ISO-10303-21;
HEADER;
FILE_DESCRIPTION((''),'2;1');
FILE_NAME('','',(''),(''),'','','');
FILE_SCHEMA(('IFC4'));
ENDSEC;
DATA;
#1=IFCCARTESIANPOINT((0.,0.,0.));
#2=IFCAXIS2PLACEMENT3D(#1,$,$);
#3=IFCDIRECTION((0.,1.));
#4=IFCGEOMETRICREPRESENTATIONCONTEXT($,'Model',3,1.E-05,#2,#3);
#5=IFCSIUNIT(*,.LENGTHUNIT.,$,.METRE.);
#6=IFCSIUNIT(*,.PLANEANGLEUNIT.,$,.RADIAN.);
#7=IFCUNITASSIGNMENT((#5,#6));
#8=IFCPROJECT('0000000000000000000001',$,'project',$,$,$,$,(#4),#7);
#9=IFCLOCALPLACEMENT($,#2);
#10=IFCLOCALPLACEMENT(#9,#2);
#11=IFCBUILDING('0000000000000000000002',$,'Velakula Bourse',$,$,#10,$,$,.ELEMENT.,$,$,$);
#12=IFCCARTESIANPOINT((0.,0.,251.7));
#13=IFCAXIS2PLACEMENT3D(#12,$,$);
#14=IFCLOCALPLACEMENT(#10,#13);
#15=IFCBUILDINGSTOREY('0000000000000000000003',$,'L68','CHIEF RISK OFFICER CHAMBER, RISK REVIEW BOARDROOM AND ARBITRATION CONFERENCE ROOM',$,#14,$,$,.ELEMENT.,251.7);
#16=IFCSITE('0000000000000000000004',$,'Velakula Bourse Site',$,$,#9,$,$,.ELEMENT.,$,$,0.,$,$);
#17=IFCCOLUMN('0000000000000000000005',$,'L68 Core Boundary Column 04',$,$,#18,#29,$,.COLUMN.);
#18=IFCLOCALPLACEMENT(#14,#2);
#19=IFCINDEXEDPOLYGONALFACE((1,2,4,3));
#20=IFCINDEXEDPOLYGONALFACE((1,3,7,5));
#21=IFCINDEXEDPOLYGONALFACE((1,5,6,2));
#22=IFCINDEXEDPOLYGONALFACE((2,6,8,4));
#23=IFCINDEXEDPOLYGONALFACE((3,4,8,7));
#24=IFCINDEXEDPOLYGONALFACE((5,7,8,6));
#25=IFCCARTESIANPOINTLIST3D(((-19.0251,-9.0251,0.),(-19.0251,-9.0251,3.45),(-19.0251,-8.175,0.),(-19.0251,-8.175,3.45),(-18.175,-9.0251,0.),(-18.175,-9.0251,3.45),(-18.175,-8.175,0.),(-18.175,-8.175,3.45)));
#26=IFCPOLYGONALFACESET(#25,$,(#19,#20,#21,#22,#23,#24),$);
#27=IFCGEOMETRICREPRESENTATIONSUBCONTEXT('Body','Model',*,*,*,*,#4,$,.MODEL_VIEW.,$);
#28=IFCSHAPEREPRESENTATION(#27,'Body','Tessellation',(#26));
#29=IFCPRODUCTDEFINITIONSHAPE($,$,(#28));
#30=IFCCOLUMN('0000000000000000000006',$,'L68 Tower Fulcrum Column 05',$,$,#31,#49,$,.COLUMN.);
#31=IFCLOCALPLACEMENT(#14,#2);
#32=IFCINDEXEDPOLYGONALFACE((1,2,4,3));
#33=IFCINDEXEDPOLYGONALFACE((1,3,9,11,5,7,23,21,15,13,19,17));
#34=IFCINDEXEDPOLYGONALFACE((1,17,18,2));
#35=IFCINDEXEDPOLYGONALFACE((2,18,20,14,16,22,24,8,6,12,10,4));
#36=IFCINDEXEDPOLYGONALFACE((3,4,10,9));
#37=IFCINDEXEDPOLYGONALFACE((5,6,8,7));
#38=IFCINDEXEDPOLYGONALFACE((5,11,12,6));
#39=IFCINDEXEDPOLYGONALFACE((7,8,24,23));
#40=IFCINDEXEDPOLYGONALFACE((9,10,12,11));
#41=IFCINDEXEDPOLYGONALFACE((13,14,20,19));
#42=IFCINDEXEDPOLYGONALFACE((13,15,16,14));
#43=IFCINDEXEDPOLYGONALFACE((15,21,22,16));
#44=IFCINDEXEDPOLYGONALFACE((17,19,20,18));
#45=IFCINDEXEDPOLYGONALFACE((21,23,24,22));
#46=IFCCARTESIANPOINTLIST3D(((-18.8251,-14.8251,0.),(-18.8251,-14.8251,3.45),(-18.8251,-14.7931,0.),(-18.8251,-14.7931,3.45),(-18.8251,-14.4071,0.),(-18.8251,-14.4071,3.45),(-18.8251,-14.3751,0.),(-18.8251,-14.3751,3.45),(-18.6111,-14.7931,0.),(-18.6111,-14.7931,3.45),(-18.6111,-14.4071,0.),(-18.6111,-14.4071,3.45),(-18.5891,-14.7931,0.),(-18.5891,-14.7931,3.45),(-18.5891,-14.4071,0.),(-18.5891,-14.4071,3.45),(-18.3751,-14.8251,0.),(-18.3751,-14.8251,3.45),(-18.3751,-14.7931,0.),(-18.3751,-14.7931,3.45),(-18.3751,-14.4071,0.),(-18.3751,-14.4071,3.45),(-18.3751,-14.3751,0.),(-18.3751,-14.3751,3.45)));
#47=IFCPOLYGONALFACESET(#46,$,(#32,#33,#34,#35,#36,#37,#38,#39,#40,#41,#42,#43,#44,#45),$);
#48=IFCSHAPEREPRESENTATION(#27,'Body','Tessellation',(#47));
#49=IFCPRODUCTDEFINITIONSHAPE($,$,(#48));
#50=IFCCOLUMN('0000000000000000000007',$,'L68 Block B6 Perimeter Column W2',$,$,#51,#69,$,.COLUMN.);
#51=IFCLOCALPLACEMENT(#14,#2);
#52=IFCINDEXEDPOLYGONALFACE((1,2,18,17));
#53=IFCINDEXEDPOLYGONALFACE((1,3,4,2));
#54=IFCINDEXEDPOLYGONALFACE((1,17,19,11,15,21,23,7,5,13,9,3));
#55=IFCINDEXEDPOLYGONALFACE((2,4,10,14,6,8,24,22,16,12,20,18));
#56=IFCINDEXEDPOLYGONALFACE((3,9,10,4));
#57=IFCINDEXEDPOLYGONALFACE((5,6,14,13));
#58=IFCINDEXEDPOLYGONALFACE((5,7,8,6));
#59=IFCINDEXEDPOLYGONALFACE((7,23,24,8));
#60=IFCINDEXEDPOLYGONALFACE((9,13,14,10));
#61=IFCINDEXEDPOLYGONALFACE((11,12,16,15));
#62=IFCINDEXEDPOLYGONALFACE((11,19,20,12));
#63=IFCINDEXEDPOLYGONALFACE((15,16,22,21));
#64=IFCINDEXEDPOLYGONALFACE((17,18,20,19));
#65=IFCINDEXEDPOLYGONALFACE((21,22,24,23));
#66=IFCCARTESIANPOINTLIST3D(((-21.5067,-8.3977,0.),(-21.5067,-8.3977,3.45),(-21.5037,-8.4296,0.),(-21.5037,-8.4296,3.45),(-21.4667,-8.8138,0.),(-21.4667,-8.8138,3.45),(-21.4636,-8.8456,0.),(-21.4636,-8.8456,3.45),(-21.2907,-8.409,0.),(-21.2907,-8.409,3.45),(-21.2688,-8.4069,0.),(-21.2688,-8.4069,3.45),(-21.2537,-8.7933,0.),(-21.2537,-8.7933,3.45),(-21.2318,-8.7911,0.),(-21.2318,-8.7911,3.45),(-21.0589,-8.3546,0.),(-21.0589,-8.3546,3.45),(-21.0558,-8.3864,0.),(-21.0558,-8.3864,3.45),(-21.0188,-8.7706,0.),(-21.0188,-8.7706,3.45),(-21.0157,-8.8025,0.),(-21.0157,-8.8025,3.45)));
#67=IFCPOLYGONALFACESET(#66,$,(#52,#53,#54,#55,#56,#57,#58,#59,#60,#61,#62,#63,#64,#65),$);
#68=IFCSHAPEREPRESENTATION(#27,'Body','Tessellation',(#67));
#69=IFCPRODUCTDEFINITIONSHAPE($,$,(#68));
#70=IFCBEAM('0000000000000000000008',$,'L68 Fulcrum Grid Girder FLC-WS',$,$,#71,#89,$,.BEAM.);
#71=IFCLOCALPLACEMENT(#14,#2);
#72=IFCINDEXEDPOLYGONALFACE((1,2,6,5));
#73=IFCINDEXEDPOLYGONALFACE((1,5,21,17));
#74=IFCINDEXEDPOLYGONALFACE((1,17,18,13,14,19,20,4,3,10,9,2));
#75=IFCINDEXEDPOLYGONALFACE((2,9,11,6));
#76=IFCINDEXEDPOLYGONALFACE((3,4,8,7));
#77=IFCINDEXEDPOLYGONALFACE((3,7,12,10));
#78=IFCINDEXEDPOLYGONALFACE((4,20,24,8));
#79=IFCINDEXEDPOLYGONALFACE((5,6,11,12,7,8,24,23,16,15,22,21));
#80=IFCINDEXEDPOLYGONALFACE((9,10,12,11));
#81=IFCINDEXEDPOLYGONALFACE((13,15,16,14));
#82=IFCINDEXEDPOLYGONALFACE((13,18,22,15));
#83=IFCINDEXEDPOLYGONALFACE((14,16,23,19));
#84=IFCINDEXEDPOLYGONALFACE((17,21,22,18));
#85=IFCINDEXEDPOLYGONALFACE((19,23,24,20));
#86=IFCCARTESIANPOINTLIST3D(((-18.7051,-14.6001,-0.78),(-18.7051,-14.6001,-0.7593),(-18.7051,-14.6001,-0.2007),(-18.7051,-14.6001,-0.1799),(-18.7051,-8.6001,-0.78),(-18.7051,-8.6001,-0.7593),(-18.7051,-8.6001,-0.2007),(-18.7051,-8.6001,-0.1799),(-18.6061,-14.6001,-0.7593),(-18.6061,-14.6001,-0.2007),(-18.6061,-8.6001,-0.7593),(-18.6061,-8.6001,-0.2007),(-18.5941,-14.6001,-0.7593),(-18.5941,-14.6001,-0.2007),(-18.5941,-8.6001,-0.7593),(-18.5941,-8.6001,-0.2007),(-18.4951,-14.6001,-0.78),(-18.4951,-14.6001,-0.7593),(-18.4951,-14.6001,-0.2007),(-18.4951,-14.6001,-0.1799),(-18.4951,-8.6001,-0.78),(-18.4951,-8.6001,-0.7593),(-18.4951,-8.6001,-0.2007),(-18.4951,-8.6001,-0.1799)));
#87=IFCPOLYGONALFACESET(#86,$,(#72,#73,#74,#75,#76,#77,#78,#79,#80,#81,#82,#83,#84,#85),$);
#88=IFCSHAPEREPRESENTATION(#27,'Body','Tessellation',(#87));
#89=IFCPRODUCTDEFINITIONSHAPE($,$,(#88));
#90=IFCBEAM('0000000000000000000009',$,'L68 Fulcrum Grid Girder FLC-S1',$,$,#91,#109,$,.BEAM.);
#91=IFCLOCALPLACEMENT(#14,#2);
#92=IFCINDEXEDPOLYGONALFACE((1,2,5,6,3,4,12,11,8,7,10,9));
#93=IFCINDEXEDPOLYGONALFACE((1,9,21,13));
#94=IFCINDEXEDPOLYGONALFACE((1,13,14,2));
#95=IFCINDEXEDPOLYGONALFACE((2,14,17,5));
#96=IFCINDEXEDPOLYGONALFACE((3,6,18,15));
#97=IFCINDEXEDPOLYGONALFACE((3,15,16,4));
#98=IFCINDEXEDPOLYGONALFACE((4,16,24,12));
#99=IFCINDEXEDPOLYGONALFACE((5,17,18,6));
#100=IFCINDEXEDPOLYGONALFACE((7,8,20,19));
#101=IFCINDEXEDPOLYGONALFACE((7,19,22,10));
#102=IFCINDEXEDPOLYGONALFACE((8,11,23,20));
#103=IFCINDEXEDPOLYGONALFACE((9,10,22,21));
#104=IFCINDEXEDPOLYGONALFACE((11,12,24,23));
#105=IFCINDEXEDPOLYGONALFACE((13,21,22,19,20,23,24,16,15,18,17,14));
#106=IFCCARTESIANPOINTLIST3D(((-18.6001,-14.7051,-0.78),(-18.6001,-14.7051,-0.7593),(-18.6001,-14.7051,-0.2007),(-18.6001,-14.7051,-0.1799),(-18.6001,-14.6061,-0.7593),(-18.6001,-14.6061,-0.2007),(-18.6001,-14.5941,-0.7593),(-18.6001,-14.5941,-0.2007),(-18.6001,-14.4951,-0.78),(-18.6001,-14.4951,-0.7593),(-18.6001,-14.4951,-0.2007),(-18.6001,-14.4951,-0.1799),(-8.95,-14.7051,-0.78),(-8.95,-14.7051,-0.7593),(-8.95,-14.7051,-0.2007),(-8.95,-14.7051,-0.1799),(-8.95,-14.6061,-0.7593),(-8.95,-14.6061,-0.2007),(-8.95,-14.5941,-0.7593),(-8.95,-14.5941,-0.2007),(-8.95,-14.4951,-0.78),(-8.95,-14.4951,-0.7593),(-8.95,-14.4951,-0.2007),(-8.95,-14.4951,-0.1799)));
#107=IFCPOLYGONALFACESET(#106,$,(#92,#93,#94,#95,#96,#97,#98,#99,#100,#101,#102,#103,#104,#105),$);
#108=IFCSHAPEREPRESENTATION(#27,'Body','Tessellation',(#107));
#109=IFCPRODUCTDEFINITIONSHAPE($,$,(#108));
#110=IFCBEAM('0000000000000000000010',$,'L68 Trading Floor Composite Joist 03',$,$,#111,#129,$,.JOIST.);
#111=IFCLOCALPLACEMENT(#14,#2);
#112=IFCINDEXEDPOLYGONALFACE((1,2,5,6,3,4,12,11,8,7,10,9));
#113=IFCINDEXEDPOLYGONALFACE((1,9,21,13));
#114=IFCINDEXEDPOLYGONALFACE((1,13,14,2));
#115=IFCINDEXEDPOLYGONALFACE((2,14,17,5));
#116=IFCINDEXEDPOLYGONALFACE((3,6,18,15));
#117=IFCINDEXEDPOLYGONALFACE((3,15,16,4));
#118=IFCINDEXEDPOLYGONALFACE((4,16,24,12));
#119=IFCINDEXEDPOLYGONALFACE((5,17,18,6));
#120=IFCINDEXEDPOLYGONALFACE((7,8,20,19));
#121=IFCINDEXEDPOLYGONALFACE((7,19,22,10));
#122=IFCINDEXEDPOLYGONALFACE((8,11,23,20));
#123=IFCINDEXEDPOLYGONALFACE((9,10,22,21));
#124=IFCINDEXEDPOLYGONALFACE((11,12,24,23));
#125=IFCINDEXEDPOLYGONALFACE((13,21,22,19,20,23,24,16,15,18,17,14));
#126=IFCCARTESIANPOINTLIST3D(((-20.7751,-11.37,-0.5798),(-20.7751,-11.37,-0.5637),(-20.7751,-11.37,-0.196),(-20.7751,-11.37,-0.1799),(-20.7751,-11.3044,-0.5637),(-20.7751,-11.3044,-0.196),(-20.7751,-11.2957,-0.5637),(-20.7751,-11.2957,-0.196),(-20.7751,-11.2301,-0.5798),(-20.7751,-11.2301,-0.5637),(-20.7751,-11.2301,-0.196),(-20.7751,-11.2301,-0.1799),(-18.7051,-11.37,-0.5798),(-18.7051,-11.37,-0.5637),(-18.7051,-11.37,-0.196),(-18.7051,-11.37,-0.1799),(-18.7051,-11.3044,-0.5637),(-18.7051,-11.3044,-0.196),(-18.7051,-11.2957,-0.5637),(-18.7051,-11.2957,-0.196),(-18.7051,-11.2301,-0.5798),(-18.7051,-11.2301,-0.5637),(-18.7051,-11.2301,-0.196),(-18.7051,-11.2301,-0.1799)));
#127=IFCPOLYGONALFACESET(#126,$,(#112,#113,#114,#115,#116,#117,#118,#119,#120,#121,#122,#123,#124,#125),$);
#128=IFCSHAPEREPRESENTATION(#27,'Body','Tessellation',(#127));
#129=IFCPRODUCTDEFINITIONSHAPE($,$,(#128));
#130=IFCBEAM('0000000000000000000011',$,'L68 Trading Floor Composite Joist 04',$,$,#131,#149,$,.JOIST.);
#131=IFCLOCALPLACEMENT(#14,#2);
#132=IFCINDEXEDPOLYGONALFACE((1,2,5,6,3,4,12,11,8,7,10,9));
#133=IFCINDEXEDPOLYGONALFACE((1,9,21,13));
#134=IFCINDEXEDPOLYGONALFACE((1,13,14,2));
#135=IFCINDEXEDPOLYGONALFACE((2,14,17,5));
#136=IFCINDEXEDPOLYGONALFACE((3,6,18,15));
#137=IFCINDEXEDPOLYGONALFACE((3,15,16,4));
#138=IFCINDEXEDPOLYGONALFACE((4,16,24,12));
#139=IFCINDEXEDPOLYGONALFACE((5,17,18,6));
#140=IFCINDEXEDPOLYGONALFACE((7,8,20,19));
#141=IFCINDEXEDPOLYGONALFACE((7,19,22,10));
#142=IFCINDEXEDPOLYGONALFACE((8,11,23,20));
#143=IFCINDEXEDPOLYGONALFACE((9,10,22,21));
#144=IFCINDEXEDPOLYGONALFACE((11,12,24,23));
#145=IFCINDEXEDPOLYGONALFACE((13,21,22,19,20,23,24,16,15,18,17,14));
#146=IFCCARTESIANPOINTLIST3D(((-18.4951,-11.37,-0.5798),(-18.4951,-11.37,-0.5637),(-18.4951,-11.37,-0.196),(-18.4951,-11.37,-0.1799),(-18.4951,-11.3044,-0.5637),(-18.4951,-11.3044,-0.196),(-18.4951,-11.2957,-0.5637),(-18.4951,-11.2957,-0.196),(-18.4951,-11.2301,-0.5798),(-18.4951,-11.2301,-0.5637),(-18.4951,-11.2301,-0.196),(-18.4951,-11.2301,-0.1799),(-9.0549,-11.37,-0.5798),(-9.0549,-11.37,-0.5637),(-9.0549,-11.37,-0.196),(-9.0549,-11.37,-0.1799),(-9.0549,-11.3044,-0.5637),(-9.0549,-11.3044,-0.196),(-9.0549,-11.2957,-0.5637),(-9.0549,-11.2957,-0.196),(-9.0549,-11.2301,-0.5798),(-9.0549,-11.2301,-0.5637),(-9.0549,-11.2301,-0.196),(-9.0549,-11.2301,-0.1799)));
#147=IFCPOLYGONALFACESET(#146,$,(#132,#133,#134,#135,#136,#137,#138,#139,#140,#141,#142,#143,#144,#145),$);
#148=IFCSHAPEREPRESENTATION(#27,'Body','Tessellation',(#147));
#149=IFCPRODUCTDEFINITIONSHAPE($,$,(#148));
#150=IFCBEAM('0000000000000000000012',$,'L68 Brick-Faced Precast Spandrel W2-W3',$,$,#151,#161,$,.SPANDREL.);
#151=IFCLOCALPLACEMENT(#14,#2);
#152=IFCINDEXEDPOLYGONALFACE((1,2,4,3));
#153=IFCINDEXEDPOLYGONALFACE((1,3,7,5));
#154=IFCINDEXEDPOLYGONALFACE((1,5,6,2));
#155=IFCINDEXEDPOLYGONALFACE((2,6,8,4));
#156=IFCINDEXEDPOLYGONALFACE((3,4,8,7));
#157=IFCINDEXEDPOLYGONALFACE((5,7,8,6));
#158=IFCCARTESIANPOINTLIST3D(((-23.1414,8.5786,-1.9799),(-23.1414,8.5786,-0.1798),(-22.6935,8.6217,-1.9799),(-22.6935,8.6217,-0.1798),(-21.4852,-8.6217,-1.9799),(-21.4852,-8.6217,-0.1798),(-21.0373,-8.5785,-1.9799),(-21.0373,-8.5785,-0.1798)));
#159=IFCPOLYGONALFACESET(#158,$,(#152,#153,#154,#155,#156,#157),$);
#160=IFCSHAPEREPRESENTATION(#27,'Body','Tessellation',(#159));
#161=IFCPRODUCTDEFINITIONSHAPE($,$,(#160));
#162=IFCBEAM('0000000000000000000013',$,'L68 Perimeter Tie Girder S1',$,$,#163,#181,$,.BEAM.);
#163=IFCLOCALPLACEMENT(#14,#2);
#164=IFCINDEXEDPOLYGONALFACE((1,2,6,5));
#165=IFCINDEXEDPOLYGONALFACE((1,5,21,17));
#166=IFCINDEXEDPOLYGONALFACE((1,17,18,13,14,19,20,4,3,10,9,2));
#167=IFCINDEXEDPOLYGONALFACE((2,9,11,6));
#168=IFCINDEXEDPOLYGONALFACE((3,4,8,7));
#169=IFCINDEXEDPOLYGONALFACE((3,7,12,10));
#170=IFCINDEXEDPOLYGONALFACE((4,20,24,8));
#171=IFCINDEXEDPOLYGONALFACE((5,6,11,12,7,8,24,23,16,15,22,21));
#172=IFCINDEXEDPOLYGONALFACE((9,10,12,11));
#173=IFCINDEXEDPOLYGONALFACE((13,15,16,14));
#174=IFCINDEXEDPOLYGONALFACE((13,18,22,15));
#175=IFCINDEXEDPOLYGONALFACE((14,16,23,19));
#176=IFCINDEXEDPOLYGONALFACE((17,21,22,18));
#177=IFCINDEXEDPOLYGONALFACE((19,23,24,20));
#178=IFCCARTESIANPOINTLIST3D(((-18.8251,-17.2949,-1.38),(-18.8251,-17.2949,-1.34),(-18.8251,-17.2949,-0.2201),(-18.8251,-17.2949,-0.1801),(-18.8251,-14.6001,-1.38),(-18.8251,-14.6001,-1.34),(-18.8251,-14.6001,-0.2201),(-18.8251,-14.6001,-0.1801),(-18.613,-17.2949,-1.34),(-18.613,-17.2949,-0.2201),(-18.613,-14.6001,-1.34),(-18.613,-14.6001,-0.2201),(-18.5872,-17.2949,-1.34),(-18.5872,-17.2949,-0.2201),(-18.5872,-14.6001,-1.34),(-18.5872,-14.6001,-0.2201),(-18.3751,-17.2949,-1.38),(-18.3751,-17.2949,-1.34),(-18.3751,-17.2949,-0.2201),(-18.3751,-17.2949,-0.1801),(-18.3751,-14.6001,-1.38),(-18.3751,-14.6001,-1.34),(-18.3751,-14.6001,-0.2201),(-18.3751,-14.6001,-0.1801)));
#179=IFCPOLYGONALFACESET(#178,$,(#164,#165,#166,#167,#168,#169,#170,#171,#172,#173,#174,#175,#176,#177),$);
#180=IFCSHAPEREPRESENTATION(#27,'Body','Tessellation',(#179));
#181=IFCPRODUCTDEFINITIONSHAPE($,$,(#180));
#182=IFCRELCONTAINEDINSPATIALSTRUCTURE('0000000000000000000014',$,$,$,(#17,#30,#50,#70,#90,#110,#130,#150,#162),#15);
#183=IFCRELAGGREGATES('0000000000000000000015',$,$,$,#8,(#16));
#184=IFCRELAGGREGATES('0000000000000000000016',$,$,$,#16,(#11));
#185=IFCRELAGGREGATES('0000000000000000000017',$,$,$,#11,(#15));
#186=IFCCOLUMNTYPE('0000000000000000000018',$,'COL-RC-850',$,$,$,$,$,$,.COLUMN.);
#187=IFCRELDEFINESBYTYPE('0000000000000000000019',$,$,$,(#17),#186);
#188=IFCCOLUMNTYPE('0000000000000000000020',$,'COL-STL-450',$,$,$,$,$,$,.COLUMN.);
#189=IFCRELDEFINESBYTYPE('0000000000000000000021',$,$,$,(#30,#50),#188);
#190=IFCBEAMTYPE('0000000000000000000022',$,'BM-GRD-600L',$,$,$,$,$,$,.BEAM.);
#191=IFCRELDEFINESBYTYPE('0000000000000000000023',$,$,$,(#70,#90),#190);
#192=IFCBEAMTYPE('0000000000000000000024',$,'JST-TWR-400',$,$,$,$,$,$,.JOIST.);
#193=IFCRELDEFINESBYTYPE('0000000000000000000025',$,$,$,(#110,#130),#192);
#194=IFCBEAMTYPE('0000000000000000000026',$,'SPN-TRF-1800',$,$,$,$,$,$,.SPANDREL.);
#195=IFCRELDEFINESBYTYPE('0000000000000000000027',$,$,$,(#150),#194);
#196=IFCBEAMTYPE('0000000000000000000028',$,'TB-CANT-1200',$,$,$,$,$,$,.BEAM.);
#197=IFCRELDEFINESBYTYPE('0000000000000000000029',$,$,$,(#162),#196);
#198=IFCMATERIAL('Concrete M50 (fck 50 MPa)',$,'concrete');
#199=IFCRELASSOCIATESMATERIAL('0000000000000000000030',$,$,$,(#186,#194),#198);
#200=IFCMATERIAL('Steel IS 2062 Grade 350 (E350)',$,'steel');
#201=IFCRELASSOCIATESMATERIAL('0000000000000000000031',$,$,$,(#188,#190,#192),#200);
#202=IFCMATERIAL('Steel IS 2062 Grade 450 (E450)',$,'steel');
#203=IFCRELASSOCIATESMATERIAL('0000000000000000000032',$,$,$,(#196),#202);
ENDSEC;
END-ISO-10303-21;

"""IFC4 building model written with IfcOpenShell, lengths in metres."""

from ifc_helpers import new_model, si_unit, direction, frame, origin, origin_2d, place, context, subcontext, project, spatial, rectangle, i_section, extrude, material, material_profile, profile_set, type_object, element, save


model = new_model("IFC4")

# Units and contexts
model_context = context("Model", 3, precision=1e-05, world=origin(), true_north=direction((0.0, 1.0)))
body_context = subcontext(model_context, "Body", "Model", "MODEL_VIEW")
ifc_project = project(units=[si_unit("LENGTHUNIT", "METRE"), si_unit("PLANEANGLEUNIT", "RADIAN")], contexts=[model_context])

# Site, building, storey
site_placement = place(None, origin())
site = spatial("IfcSite", under=ifc_project, at=site_placement, Name="Velakula Bourse Site", CompositionType="ELEMENT", RefElevation=0.0)
building_placement = place(site_placement, origin())
building = spatial("IfcBuilding", under=site, at=building_placement, Name="Velakula Bourse", CompositionType="ELEMENT")
storey_placement = place(building_placement, frame((0.0, 0.0, 251.7)))
storey = spatial("IfcBuildingStorey", under=building, at=storey_placement, Name="L68", Description="CHIEF RISK OFFICER CHAMBER, RISK REVIEW BOARDROOM AND ARBITRATION CONFERENCE ROOM", CompositionType="ELEMENT", Elevation=251.7)

# Columns
ifc_material_1 = material(Name="Concrete M50 (fck 50 MPa)", Category="concrete")
ifc_material_profile_1 = material_profile(ifc_material_1, rectangle(XDim=0.8501, YDim=0.8501, at=origin_2d()), Name="Concrete M50 (fck 50 MPa)")
ifc_profile_set_1 = profile_set([ifc_material_profile_1], Name="Concrete M50 (fck 50 MPa)")
column_type_1 = type_object("IfcColumnType", Name="COL-RC-850", PredefinedType="COLUMN", material=ifc_profile_set_1)
column_placement = place(storey_placement, frame((-18.6001, -8.6001, 0.0), z_axis=(0.0, 0.0, 1.0), x_axis=(1.0, 0.0, 0.0)))
element("IfcColumn", 1, at=column_placement, inside=storey, type_object=column_type_1, Name="L68 Core Boundary Column 04", PredefinedType="COLUMN", context=body_context, shape_type="SweptSolid", body=[
    extrude(rectangle(XDim=0.8501, YDim=0.8501, at=origin_2d()), origin(), (0.0, 0.0, 1.0), 3.45),
])
ifc_material_2 = material(Name="Steel IS 2062 Grade 350 (E350)", Category="steel")
ifc_material_profile_2 = material_profile(ifc_material_2, i_section(OverallWidth=0.45, OverallDepth=0.45, WebThickness=0.022, FlangeThickness=0.032, at=origin_2d()), Name="Steel IS 2062 Grade 350 (E350)")
ifc_profile_set_2 = profile_set([ifc_material_profile_2], Name="Steel IS 2062 Grade 350 (E350)")
column_type_2 = type_object("IfcColumnType", Name="COL-STL-450", PredefinedType="COLUMN", material=ifc_profile_set_2)
for number, where, z_axis, x_axis, name in (
    (2, (-18.6001, -14.6001, 0.0), (0.0, 0.0, 1.0), (1.0, 0.0, 0.0), "L68 Tower Fulcrum Column 05"),
    (3, (-21.2612, -8.6001, 0.0), (0.0, 0.0, 1.0), (0.995396, 0.095846, 0.0), "L68 Block B6 Perimeter Column W2"),
):
    element("IfcColumn", number, at=place(storey_placement, frame(where, z_axis=z_axis, x_axis=x_axis)), inside=storey, type_object=column_type_2, Name=name, PredefinedType="COLUMN", context=body_context, shape_type="SweptSolid", body=[
        extrude(i_section(OverallWidth=0.45, OverallDepth=0.45, WebThickness=0.022, FlangeThickness=0.032, at=origin_2d()), origin(), (0.0, 0.0, 1.0), 3.45),
    ])

# Beams
ifc_material_profile_3 = material_profile(ifc_material_2, i_section(OverallWidth=0.21, OverallDepth=0.6001, WebThickness=0.012, FlangeThickness=0.0208, at=origin_2d()), Name="Steel IS 2062 Grade 350 (E350)")
ifc_profile_set_3 = profile_set([ifc_material_profile_3], Name="Steel IS 2062 Grade 350 (E350)")
beam_type_1 = type_object("IfcBeamType", Name="BM-GRD-600L", PredefinedType="BEAM", material=ifc_profile_set_3)
beam_1_placement = place(storey_placement, frame((-18.6001, -14.6001, -0.48), z_axis=(0.0, 1.0, 0.0), x_axis=(-1.0, 0.0, 0.0)))
element("IfcBeam", 4, at=beam_1_placement, inside=storey, type_object=beam_type_1, Name="L68 Fulcrum Grid Girder FLC-WS", PredefinedType="BEAM", context=body_context, shape_type="SweptSolid", body=[
    extrude(i_section(OverallWidth=0.21, OverallDepth=0.6001, WebThickness=0.012, FlangeThickness=0.0208, at=origin_2d()), origin(), (0.0, 0.0, 1.0), 6.0),
])
beam_2_placement = place(storey_placement, frame((-18.6001, -14.6001, -0.48), z_axis=(1.0, 0.0, 0.0), x_axis=(0.0, 1.0, 0.0)))
element("IfcBeam", 5, at=beam_2_placement, inside=storey, type_object=beam_type_1, Name="L68 Fulcrum Grid Girder FLC-S1", PredefinedType="BEAM", context=body_context, shape_type="SweptSolid", body=[
    extrude(i_section(OverallWidth=0.21, OverallDepth=0.6001, WebThickness=0.012, FlangeThickness=0.0208, at=origin_2d()), origin(), (0.0, 0.0, 1.0), 9.6501),
])
ifc_material_profile_4 = material_profile(ifc_material_2, i_section(OverallWidth=0.1399, OverallDepth=0.3999, WebThickness=0.0088, FlangeThickness=0.0161, at=origin_2d()), Name="Steel IS 2062 Grade 350 (E350)")
ifc_profile_set_4 = profile_set([ifc_material_profile_4], Name="Steel IS 2062 Grade 350 (E350)")
beam_type_2 = type_object("IfcBeamType", Name="JST-TWR-400", PredefinedType="JOIST", material=ifc_profile_set_4)
beam_3_placement = place(storey_placement, frame((-20.7751, -11.3, -0.3799), z_axis=(1.0, 0.0, 0.0), x_axis=(0.0, 1.0, 0.0)))
element("IfcBeam", 6, at=beam_3_placement, inside=storey, type_object=beam_type_2, Name="L68 Trading Floor Composite Joist 03", PredefinedType="JOIST", context=body_context, shape_type="SweptSolid", body=[
    extrude(i_section(OverallWidth=0.1399, OverallDepth=0.3999, WebThickness=0.0088, FlangeThickness=0.0161, at=origin_2d()), origin(), (0.0, 0.0, 1.0), 2.0701),
])
beam_4_placement = place(storey_placement, frame((-18.4951, -11.3, -0.3799), z_axis=(1.0, 0.0, 0.0), x_axis=(0.0, 1.0, 0.0)))
element("IfcBeam", 7, at=beam_4_placement, inside=storey, type_object=beam_type_2, Name="L68 Trading Floor Composite Joist 04", PredefinedType="JOIST", context=body_context, shape_type="SweptSolid", body=[
    extrude(i_section(OverallWidth=0.1399, OverallDepth=0.3999, WebThickness=0.0088, FlangeThickness=0.0161, at=origin_2d()), origin(), (0.0, 0.0, 1.0), 9.4402),
])
ifc_material_profile_5 = material_profile(ifc_material_1, rectangle(XDim=0.45, YDim=1.8, at=origin_2d()), Name="Concrete M50 (fck 50 MPa)")
ifc_profile_set_5 = profile_set([ifc_material_profile_5], Name="Concrete M50 (fck 50 MPa)")
beam_type_3 = type_object("IfcBeamType", Name="SPN-TRF-1800", PredefinedType="SPANDREL", material=ifc_profile_set_5)
beam_5_placement = place(storey_placement, frame((-21.2612, -8.6001, -1.0798), z_axis=(-0.095849, 0.995396, 0.0), x_axis=(-0.995396, -0.095849, 0.0)))
element("IfcBeam", 8, at=beam_5_placement, inside=storey, type_object=beam_type_3, Name="L68 Brick-Faced Precast Spandrel W2-W3", PredefinedType="SPANDREL", context=body_context, shape_type="SweptSolid", body=[
    extrude(rectangle(XDim=0.45, YDim=1.8, at=origin_2d()), origin(), (0.0, 0.0, 1.0), 17.2798),
])
ifc_material_3 = material(Name="Steel IS 2062 Grade 450 (E450)", Category="steel")
ifc_material_profile_6 = material_profile(ifc_material_3, i_section(OverallWidth=0.45, OverallDepth=1.2, WebThickness=0.0259, FlangeThickness=0.04, at=origin_2d()), Name="Steel IS 2062 Grade 450 (E450)")
ifc_profile_set_6 = profile_set([ifc_material_profile_6], Name="Steel IS 2062 Grade 450 (E450)")
beam_type_4 = type_object("IfcBeamType", Name="TB-CANT-1200", PredefinedType="BEAM", material=ifc_profile_set_6)
beam_6_placement = place(storey_placement, frame((-18.6001, -14.6001, -0.78), z_axis=(0.0, -1.0, 0.0), x_axis=(1.0, 0.0, 0.0)))
element("IfcBeam", 9, at=beam_6_placement, inside=storey, type_object=beam_type_4, Name="L68 Perimeter Tie Girder S1", PredefinedType="BEAM", context=body_context, shape_type="SweptSolid", body=[
    extrude(i_section(OverallWidth=0.45, OverallDepth=1.2, WebThickness=0.0259, FlangeThickness=0.04, at=origin_2d()), origin(), (0.0, 0.0, 1.0), 2.6948),
])

save(model, "model.ifc")
